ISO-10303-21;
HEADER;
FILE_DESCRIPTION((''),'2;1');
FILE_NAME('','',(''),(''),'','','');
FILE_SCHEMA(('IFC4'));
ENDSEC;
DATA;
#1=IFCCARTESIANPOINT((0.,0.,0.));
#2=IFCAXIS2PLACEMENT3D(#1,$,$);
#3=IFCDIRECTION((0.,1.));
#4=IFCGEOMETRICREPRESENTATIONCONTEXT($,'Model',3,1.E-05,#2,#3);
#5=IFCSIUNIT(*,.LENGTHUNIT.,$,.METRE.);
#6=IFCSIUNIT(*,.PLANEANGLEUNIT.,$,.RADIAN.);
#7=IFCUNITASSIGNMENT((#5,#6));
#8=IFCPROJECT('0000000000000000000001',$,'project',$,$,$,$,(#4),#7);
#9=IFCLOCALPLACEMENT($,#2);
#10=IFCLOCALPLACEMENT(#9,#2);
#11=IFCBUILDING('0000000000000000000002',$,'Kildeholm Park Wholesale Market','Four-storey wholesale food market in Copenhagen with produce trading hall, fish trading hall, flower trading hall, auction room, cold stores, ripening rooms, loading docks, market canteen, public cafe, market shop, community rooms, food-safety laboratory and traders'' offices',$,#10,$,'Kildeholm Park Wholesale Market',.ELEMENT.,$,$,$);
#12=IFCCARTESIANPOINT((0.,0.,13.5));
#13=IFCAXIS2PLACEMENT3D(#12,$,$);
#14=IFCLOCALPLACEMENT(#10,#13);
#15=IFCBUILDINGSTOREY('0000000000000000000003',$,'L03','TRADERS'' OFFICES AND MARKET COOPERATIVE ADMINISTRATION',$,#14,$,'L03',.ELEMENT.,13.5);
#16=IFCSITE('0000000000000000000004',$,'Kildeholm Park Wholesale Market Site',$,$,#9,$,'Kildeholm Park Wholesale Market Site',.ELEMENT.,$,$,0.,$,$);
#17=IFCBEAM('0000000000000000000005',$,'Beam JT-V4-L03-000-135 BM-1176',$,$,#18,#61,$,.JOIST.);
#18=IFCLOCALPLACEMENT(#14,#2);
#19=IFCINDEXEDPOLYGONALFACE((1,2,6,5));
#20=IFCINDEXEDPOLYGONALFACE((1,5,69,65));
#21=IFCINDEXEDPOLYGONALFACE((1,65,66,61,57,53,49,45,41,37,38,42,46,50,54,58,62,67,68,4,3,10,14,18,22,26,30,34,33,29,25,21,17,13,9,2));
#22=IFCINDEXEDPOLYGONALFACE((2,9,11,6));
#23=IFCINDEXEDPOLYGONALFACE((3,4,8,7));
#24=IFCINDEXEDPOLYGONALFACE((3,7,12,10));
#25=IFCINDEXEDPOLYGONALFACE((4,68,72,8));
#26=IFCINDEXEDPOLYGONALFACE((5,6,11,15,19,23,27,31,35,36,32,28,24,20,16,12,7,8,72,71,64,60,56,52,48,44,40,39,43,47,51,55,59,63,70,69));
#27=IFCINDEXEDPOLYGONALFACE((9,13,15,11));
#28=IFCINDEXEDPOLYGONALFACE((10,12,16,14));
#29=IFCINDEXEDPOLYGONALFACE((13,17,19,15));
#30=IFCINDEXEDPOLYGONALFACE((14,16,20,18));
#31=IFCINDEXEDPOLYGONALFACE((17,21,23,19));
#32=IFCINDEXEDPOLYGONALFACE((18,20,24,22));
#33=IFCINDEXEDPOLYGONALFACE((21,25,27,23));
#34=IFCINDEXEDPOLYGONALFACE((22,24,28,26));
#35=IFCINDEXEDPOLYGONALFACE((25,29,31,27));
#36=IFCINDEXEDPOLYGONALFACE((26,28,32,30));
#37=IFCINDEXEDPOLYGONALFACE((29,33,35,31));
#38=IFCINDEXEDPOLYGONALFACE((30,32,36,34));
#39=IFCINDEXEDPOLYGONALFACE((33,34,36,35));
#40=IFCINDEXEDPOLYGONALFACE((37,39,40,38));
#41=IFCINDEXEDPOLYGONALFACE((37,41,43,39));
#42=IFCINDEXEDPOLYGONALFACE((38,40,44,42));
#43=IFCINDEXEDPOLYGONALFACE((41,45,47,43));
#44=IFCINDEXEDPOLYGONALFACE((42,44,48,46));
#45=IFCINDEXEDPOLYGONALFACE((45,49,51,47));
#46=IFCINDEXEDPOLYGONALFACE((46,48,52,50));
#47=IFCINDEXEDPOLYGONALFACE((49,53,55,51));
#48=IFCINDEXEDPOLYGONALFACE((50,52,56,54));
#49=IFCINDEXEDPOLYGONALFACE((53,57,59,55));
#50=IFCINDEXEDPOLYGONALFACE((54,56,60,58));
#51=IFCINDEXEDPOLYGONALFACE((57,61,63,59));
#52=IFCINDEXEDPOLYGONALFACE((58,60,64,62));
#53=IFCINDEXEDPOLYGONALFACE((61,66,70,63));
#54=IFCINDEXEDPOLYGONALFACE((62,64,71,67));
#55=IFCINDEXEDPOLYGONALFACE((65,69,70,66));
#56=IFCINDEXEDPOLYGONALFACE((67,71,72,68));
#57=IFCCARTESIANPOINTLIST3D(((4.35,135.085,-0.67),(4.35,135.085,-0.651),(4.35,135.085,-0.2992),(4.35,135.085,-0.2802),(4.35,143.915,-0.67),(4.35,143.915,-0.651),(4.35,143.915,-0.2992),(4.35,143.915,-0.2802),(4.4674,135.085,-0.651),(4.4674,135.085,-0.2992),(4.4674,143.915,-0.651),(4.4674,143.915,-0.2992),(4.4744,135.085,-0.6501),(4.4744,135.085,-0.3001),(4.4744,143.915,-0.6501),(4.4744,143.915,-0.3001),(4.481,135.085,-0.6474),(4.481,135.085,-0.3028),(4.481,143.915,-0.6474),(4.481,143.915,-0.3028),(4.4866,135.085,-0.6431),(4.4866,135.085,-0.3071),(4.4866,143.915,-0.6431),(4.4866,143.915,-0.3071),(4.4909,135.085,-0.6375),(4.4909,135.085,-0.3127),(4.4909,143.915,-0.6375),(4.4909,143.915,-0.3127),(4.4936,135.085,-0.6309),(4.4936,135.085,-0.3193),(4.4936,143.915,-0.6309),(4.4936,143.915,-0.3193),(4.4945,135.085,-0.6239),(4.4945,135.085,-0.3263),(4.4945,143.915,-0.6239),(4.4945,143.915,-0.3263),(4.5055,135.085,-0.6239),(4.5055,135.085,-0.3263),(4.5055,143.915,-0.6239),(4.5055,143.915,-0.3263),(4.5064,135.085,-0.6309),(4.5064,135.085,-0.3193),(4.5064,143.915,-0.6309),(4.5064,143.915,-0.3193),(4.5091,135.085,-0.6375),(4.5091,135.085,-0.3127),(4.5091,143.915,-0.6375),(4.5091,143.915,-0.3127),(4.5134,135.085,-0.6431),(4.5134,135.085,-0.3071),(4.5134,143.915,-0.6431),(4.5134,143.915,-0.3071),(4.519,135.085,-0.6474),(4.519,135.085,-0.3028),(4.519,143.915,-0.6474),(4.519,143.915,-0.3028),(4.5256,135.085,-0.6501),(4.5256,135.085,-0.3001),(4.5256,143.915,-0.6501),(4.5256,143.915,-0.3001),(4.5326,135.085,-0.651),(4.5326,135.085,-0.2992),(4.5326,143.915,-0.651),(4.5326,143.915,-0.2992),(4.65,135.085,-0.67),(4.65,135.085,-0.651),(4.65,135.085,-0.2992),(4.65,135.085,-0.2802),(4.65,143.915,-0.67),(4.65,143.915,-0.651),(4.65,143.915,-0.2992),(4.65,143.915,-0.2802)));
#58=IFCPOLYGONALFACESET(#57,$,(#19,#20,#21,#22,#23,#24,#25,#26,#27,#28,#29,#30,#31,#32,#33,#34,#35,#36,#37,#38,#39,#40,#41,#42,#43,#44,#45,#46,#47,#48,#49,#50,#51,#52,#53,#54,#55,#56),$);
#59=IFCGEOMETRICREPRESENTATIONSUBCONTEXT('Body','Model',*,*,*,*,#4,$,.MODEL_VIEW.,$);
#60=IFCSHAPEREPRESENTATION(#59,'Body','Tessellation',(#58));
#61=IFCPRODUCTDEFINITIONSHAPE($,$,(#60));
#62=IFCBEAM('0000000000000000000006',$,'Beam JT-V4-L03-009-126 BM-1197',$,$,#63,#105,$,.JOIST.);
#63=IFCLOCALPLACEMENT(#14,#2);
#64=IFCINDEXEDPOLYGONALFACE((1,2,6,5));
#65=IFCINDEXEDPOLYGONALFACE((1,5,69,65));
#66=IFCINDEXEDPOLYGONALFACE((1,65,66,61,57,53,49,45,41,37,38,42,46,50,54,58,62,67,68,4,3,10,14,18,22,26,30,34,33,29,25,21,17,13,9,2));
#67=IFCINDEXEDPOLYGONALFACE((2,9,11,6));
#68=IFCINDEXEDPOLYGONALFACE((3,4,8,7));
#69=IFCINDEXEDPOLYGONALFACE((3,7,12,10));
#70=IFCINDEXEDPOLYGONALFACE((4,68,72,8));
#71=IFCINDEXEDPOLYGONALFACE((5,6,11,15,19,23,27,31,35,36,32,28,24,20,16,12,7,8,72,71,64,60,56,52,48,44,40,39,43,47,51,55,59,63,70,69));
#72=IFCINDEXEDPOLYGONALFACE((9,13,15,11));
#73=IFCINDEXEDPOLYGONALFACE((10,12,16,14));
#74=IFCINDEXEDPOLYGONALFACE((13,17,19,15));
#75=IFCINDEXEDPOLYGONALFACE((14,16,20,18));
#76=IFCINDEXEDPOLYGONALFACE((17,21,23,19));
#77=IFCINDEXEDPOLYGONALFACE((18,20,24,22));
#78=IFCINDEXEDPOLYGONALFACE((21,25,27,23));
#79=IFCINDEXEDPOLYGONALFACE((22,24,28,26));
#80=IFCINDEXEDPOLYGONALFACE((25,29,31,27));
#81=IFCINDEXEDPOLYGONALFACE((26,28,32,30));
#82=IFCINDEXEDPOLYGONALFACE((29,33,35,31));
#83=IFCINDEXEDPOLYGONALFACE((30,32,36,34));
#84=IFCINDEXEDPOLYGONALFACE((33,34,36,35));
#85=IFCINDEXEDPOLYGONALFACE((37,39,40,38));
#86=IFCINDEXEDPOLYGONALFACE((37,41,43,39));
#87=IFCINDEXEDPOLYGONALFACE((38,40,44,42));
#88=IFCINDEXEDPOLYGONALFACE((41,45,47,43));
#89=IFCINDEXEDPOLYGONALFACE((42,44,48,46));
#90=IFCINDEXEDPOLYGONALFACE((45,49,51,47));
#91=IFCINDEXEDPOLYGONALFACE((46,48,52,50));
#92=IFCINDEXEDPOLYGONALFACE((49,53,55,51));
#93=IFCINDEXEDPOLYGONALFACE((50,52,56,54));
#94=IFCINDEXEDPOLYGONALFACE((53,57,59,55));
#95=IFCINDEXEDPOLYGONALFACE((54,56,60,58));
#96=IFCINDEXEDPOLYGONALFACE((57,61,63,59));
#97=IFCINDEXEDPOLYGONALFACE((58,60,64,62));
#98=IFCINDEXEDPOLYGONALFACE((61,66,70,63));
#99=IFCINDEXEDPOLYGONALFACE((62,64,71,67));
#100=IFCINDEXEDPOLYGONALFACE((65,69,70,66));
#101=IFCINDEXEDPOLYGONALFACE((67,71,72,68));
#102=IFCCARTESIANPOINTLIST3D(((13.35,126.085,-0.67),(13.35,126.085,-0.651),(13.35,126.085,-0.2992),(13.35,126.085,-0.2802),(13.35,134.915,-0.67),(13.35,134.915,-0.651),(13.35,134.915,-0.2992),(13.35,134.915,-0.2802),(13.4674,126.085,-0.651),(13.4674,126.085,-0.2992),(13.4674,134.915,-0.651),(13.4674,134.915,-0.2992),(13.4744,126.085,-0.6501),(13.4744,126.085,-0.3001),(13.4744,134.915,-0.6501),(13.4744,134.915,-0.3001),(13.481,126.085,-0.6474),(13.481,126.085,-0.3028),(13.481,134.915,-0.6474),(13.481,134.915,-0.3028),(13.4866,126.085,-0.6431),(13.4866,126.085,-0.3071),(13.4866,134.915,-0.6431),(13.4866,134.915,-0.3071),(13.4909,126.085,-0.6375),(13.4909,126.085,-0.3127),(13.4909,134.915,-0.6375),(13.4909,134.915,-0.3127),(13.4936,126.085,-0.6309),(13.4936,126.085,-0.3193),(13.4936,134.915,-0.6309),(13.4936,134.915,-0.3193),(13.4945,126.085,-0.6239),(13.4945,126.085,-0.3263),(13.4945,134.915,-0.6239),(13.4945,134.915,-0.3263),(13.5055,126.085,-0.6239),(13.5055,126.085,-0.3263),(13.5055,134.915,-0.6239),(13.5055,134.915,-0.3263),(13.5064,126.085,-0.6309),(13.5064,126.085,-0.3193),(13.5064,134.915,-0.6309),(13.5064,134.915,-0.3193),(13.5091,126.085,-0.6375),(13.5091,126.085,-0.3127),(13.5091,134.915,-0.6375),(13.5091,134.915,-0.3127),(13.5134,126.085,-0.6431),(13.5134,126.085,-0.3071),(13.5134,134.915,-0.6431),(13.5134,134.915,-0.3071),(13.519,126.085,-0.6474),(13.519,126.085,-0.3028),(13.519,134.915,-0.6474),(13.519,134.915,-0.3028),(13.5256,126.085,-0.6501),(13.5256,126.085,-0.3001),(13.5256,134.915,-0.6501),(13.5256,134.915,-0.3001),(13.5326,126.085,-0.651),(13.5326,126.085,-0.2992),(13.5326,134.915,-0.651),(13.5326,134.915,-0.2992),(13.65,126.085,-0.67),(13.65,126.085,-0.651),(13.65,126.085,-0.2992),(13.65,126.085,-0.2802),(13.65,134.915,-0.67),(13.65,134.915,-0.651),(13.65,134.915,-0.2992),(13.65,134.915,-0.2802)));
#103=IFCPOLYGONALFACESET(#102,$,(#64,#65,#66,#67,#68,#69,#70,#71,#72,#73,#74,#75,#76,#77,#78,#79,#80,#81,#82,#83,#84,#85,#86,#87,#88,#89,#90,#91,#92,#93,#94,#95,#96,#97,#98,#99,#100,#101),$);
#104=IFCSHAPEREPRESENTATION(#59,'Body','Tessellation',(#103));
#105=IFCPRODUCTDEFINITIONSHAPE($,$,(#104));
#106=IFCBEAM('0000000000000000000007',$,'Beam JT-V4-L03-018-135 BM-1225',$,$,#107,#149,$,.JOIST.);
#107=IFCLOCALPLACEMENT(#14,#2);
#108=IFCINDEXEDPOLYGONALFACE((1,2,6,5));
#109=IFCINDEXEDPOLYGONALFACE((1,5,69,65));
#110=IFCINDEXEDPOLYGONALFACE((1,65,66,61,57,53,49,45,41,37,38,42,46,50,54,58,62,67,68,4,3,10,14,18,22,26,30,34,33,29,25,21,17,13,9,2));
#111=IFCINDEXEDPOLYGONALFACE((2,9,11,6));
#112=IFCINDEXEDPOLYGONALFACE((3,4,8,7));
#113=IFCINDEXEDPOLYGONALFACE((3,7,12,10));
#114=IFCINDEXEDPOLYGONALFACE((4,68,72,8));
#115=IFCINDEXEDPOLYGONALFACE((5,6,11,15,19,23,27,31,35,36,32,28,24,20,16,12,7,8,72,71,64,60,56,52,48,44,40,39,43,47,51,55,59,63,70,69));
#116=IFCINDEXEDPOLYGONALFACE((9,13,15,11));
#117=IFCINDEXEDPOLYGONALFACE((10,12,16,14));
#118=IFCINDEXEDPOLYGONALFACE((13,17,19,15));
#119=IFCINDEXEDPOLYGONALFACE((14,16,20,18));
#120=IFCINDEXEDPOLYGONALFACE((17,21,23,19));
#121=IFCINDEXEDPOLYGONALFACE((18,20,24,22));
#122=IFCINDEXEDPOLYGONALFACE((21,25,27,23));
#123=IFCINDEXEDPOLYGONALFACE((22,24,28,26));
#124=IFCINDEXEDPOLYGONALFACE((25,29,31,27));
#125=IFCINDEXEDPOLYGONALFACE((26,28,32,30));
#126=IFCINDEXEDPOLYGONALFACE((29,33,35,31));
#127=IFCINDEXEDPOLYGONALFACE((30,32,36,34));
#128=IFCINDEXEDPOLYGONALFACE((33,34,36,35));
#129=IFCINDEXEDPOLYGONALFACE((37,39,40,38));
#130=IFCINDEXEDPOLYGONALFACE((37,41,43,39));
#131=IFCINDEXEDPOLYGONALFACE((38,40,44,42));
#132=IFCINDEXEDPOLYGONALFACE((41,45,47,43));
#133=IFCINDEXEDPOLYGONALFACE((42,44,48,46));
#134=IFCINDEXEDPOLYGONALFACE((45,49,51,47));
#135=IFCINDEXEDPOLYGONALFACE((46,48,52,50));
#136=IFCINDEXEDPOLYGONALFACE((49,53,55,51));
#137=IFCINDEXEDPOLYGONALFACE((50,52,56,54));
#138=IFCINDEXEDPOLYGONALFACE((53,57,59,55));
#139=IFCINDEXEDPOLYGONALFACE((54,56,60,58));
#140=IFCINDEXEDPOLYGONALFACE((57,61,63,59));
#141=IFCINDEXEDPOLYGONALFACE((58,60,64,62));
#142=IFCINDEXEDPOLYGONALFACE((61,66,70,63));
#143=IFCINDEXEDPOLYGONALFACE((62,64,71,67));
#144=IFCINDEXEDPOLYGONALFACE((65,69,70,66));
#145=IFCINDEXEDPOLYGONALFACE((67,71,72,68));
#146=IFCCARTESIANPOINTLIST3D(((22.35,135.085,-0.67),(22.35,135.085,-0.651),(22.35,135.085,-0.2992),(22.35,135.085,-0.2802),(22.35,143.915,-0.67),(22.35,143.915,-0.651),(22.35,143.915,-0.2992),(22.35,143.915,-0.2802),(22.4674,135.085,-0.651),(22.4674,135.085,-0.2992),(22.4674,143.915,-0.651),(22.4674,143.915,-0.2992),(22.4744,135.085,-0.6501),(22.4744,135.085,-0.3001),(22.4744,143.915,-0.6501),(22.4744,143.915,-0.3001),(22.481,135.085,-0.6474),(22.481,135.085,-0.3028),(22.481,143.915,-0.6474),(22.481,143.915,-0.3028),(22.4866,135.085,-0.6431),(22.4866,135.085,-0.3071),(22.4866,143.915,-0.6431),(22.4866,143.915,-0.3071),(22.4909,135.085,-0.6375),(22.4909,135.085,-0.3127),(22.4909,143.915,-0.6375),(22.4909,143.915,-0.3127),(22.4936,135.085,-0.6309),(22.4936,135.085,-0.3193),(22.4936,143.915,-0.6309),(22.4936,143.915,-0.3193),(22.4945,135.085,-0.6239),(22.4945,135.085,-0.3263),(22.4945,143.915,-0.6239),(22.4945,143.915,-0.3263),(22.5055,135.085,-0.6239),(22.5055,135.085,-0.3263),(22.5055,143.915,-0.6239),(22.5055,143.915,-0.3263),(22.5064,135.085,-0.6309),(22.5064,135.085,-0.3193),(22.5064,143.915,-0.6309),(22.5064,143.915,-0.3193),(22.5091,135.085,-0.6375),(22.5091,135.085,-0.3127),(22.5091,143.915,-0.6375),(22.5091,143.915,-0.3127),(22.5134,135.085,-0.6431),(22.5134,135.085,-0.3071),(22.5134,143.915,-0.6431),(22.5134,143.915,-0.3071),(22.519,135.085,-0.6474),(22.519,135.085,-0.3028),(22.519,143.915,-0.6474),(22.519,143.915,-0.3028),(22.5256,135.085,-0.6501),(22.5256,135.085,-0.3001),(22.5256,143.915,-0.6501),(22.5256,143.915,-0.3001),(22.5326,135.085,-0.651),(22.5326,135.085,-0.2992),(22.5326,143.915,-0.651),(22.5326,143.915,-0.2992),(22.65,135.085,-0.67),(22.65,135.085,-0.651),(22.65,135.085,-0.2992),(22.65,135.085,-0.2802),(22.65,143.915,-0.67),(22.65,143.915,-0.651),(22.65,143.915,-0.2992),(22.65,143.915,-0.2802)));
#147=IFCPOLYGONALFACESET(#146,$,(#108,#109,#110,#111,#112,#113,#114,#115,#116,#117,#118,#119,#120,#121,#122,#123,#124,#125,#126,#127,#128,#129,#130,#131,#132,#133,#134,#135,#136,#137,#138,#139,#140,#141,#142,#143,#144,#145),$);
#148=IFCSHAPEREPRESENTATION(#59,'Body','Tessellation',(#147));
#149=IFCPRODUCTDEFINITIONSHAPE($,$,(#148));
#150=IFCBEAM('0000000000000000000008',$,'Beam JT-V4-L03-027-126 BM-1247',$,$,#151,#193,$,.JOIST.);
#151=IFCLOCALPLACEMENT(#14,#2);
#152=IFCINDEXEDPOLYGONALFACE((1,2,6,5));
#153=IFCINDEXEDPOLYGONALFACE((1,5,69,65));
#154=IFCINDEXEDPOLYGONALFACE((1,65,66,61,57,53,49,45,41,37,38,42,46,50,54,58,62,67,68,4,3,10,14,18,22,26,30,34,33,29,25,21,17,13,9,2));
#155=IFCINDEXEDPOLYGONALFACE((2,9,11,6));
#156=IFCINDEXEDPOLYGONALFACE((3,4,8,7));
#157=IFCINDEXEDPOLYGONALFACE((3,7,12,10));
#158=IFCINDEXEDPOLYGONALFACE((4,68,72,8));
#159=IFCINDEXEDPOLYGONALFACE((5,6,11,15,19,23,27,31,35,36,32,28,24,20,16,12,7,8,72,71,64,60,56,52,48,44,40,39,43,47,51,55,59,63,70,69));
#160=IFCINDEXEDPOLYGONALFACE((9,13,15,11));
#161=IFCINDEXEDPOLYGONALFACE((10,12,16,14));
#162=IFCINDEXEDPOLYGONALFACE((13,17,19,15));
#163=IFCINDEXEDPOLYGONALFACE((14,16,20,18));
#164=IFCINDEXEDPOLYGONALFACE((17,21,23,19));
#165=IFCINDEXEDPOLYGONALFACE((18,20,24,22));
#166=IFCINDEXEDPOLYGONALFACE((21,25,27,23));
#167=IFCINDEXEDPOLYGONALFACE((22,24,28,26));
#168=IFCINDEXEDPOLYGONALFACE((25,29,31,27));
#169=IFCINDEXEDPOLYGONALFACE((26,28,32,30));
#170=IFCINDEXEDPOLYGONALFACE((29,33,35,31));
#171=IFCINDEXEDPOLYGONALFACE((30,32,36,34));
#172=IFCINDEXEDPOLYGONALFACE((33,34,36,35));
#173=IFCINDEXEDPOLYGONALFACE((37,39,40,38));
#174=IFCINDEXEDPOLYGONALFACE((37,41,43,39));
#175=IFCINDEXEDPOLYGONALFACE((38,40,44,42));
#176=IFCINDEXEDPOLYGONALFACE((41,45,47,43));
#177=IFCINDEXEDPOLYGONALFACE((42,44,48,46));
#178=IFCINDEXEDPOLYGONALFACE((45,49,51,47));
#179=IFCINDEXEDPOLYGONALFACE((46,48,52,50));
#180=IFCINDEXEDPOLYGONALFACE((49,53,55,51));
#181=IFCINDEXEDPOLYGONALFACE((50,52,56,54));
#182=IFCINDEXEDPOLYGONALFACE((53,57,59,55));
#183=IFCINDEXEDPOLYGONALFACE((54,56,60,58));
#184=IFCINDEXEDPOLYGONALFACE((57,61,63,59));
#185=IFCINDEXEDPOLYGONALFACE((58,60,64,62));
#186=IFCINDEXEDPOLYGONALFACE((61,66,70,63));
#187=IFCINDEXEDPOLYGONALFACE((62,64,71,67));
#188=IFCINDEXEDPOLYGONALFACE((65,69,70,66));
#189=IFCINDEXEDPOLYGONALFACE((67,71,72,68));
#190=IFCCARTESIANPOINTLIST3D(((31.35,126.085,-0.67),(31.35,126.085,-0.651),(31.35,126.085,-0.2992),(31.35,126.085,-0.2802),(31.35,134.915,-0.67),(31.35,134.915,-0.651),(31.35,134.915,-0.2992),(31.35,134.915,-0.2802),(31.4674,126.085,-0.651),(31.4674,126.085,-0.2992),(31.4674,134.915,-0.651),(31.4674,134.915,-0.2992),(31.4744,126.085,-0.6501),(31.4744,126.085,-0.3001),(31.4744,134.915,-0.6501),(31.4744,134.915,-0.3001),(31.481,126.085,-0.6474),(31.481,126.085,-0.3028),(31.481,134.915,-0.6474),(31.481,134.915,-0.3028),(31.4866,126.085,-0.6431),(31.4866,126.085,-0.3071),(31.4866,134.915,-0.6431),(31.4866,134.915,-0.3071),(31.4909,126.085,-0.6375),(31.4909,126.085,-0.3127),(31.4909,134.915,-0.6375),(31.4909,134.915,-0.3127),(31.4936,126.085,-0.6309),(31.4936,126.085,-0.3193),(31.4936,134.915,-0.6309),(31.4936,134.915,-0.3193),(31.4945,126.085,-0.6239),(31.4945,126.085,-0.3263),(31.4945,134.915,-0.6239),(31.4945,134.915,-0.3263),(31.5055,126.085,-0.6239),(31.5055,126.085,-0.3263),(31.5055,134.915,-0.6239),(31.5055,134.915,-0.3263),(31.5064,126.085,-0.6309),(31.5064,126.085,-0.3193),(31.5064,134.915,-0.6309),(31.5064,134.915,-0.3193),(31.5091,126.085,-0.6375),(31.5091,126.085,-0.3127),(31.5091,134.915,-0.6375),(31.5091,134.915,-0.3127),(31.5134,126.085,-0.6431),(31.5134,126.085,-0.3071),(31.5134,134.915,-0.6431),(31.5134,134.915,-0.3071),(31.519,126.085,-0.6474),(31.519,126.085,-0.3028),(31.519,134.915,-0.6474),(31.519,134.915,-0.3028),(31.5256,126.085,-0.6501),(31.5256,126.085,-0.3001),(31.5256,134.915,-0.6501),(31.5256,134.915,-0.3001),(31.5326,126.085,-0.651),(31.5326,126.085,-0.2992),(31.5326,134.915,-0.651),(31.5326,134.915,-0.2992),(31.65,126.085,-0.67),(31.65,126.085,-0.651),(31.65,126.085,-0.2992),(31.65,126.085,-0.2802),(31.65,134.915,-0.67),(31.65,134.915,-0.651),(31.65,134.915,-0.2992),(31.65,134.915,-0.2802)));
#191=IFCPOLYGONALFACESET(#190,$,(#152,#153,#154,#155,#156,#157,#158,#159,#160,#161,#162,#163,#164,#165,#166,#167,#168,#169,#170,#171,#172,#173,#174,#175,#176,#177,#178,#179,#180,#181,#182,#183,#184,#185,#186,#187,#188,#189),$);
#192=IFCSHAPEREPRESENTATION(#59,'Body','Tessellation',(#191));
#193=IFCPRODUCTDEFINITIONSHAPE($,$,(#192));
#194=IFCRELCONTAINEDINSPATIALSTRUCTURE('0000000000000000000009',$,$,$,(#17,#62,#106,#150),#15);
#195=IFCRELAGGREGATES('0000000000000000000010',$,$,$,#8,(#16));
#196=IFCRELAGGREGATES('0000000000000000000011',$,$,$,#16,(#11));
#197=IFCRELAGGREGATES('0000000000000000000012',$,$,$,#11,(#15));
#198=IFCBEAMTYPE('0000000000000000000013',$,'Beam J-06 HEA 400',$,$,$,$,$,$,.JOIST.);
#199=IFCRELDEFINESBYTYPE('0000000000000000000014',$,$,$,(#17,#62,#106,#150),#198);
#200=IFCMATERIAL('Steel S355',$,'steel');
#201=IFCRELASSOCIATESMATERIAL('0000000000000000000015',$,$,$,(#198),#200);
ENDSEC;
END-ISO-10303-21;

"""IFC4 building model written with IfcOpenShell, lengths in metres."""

from ifc_helpers import new_model, si_unit, direction, frame, origin, origin_2d, place, context, subcontext, project, spatial, i_section, extrude, material, material_profile, profile_set, type_object, element, save


model = new_model("IFC4")

# Units and contexts
model_context = context("Model", 3, precision=1e-05, world=origin(), true_north=direction((0.0, 1.0)))
body_context = subcontext(model_context, "Body", "Model", "MODEL_VIEW")
ifc_project = project(units=[si_unit("LENGTHUNIT", "METRE"), si_unit("PLANEANGLEUNIT", "RADIAN")], contexts=[model_context])

# Site, building, storey
site_placement = place(None, origin())
site = spatial("IfcSite", under=ifc_project, at=site_placement, Name="Kildeholm Park Wholesale Market Site", LongName="Kildeholm Park Wholesale Market Site", CompositionType="ELEMENT", RefElevation=0.0)
building_placement = place(site_placement, origin())
building = spatial("IfcBuilding", under=site, at=building_placement, Name="Kildeholm Park Wholesale Market", Description="Four-storey wholesale food market in Copenhagen with produce trading hall, fish trading hall, flower trading hall, auction room, cold stores, ripening rooms, loading docks, market canteen, public cafe, market shop, community rooms, food-safety laboratory and traders' offices", LongName="Kildeholm Park Wholesale Market", CompositionType="ELEMENT")
storey_placement = place(building_placement, frame((0.0, 0.0, 13.5)))
storey = spatial("IfcBuildingStorey", under=building, at=storey_placement, Name="L03", Description="TRADERS' OFFICES AND MARKET COOPERATIVE ADMINISTRATION", LongName="L03", CompositionType="ELEMENT", Elevation=13.5)

# Beams
ifc_material = material(Name="Steel S355", Category="steel")
ifc_material_profile_1 = material_profile(ifc_material, i_section(OverallWidth=0.3, OverallDepth=0.3899, WebThickness=0.011, FlangeThickness=0.019, FilletRadius=0.0271, at=origin_2d()), Name="HEA 400")
ifc_profile_set_1 = profile_set([ifc_material_profile_1], Name="Steel S355")
beam_type_1 = type_object("IfcBeamType", Name="Beam J-06 HEA 400", PredefinedType="JOIST", material=ifc_profile_set_1)
for number, where, z_axis, x_axis, name in (
    (1, (4.5, 135.085, -0.4751), (0.0, 1.0, 0.0), (-1.0, 0.0, 0.0), "Beam JT-V4-L03-000-135 BM-1176"),
    (2, (13.5, 126.085, -0.4751), (0.0, 1.0, 0.0), (-1.0, 0.0, 0.0), "Beam JT-V4-L03-009-126 BM-1197"),
    (3, (22.5, 135.085, -0.4751), (0.0, 1.0, 0.0), (-1.0, 0.0, 0.0), "Beam JT-V4-L03-018-135 BM-1225"),
    (4, (31.5, 126.085, -0.4751), (0.0, 1.0, 0.0), (-1.0, 0.0, 0.0), "Beam JT-V4-L03-027-126 BM-1247"),
):
    element("IfcBeam", number, at=place(storey_placement, frame(where, z_axis=z_axis, x_axis=x_axis)), inside=storey, type_object=beam_type_1, Name=name, PredefinedType="JOIST", context=body_context, shape_type="SweptSolid", body=[
        extrude(i_section(OverallWidth=0.3, OverallDepth=0.3899, WebThickness=0.011, FlangeThickness=0.019, FilletRadius=0.0271, at=origin_2d()), origin(), (0.0, 0.0, 1.0), 8.8301),
    ])

save(model, "model.ifc")
